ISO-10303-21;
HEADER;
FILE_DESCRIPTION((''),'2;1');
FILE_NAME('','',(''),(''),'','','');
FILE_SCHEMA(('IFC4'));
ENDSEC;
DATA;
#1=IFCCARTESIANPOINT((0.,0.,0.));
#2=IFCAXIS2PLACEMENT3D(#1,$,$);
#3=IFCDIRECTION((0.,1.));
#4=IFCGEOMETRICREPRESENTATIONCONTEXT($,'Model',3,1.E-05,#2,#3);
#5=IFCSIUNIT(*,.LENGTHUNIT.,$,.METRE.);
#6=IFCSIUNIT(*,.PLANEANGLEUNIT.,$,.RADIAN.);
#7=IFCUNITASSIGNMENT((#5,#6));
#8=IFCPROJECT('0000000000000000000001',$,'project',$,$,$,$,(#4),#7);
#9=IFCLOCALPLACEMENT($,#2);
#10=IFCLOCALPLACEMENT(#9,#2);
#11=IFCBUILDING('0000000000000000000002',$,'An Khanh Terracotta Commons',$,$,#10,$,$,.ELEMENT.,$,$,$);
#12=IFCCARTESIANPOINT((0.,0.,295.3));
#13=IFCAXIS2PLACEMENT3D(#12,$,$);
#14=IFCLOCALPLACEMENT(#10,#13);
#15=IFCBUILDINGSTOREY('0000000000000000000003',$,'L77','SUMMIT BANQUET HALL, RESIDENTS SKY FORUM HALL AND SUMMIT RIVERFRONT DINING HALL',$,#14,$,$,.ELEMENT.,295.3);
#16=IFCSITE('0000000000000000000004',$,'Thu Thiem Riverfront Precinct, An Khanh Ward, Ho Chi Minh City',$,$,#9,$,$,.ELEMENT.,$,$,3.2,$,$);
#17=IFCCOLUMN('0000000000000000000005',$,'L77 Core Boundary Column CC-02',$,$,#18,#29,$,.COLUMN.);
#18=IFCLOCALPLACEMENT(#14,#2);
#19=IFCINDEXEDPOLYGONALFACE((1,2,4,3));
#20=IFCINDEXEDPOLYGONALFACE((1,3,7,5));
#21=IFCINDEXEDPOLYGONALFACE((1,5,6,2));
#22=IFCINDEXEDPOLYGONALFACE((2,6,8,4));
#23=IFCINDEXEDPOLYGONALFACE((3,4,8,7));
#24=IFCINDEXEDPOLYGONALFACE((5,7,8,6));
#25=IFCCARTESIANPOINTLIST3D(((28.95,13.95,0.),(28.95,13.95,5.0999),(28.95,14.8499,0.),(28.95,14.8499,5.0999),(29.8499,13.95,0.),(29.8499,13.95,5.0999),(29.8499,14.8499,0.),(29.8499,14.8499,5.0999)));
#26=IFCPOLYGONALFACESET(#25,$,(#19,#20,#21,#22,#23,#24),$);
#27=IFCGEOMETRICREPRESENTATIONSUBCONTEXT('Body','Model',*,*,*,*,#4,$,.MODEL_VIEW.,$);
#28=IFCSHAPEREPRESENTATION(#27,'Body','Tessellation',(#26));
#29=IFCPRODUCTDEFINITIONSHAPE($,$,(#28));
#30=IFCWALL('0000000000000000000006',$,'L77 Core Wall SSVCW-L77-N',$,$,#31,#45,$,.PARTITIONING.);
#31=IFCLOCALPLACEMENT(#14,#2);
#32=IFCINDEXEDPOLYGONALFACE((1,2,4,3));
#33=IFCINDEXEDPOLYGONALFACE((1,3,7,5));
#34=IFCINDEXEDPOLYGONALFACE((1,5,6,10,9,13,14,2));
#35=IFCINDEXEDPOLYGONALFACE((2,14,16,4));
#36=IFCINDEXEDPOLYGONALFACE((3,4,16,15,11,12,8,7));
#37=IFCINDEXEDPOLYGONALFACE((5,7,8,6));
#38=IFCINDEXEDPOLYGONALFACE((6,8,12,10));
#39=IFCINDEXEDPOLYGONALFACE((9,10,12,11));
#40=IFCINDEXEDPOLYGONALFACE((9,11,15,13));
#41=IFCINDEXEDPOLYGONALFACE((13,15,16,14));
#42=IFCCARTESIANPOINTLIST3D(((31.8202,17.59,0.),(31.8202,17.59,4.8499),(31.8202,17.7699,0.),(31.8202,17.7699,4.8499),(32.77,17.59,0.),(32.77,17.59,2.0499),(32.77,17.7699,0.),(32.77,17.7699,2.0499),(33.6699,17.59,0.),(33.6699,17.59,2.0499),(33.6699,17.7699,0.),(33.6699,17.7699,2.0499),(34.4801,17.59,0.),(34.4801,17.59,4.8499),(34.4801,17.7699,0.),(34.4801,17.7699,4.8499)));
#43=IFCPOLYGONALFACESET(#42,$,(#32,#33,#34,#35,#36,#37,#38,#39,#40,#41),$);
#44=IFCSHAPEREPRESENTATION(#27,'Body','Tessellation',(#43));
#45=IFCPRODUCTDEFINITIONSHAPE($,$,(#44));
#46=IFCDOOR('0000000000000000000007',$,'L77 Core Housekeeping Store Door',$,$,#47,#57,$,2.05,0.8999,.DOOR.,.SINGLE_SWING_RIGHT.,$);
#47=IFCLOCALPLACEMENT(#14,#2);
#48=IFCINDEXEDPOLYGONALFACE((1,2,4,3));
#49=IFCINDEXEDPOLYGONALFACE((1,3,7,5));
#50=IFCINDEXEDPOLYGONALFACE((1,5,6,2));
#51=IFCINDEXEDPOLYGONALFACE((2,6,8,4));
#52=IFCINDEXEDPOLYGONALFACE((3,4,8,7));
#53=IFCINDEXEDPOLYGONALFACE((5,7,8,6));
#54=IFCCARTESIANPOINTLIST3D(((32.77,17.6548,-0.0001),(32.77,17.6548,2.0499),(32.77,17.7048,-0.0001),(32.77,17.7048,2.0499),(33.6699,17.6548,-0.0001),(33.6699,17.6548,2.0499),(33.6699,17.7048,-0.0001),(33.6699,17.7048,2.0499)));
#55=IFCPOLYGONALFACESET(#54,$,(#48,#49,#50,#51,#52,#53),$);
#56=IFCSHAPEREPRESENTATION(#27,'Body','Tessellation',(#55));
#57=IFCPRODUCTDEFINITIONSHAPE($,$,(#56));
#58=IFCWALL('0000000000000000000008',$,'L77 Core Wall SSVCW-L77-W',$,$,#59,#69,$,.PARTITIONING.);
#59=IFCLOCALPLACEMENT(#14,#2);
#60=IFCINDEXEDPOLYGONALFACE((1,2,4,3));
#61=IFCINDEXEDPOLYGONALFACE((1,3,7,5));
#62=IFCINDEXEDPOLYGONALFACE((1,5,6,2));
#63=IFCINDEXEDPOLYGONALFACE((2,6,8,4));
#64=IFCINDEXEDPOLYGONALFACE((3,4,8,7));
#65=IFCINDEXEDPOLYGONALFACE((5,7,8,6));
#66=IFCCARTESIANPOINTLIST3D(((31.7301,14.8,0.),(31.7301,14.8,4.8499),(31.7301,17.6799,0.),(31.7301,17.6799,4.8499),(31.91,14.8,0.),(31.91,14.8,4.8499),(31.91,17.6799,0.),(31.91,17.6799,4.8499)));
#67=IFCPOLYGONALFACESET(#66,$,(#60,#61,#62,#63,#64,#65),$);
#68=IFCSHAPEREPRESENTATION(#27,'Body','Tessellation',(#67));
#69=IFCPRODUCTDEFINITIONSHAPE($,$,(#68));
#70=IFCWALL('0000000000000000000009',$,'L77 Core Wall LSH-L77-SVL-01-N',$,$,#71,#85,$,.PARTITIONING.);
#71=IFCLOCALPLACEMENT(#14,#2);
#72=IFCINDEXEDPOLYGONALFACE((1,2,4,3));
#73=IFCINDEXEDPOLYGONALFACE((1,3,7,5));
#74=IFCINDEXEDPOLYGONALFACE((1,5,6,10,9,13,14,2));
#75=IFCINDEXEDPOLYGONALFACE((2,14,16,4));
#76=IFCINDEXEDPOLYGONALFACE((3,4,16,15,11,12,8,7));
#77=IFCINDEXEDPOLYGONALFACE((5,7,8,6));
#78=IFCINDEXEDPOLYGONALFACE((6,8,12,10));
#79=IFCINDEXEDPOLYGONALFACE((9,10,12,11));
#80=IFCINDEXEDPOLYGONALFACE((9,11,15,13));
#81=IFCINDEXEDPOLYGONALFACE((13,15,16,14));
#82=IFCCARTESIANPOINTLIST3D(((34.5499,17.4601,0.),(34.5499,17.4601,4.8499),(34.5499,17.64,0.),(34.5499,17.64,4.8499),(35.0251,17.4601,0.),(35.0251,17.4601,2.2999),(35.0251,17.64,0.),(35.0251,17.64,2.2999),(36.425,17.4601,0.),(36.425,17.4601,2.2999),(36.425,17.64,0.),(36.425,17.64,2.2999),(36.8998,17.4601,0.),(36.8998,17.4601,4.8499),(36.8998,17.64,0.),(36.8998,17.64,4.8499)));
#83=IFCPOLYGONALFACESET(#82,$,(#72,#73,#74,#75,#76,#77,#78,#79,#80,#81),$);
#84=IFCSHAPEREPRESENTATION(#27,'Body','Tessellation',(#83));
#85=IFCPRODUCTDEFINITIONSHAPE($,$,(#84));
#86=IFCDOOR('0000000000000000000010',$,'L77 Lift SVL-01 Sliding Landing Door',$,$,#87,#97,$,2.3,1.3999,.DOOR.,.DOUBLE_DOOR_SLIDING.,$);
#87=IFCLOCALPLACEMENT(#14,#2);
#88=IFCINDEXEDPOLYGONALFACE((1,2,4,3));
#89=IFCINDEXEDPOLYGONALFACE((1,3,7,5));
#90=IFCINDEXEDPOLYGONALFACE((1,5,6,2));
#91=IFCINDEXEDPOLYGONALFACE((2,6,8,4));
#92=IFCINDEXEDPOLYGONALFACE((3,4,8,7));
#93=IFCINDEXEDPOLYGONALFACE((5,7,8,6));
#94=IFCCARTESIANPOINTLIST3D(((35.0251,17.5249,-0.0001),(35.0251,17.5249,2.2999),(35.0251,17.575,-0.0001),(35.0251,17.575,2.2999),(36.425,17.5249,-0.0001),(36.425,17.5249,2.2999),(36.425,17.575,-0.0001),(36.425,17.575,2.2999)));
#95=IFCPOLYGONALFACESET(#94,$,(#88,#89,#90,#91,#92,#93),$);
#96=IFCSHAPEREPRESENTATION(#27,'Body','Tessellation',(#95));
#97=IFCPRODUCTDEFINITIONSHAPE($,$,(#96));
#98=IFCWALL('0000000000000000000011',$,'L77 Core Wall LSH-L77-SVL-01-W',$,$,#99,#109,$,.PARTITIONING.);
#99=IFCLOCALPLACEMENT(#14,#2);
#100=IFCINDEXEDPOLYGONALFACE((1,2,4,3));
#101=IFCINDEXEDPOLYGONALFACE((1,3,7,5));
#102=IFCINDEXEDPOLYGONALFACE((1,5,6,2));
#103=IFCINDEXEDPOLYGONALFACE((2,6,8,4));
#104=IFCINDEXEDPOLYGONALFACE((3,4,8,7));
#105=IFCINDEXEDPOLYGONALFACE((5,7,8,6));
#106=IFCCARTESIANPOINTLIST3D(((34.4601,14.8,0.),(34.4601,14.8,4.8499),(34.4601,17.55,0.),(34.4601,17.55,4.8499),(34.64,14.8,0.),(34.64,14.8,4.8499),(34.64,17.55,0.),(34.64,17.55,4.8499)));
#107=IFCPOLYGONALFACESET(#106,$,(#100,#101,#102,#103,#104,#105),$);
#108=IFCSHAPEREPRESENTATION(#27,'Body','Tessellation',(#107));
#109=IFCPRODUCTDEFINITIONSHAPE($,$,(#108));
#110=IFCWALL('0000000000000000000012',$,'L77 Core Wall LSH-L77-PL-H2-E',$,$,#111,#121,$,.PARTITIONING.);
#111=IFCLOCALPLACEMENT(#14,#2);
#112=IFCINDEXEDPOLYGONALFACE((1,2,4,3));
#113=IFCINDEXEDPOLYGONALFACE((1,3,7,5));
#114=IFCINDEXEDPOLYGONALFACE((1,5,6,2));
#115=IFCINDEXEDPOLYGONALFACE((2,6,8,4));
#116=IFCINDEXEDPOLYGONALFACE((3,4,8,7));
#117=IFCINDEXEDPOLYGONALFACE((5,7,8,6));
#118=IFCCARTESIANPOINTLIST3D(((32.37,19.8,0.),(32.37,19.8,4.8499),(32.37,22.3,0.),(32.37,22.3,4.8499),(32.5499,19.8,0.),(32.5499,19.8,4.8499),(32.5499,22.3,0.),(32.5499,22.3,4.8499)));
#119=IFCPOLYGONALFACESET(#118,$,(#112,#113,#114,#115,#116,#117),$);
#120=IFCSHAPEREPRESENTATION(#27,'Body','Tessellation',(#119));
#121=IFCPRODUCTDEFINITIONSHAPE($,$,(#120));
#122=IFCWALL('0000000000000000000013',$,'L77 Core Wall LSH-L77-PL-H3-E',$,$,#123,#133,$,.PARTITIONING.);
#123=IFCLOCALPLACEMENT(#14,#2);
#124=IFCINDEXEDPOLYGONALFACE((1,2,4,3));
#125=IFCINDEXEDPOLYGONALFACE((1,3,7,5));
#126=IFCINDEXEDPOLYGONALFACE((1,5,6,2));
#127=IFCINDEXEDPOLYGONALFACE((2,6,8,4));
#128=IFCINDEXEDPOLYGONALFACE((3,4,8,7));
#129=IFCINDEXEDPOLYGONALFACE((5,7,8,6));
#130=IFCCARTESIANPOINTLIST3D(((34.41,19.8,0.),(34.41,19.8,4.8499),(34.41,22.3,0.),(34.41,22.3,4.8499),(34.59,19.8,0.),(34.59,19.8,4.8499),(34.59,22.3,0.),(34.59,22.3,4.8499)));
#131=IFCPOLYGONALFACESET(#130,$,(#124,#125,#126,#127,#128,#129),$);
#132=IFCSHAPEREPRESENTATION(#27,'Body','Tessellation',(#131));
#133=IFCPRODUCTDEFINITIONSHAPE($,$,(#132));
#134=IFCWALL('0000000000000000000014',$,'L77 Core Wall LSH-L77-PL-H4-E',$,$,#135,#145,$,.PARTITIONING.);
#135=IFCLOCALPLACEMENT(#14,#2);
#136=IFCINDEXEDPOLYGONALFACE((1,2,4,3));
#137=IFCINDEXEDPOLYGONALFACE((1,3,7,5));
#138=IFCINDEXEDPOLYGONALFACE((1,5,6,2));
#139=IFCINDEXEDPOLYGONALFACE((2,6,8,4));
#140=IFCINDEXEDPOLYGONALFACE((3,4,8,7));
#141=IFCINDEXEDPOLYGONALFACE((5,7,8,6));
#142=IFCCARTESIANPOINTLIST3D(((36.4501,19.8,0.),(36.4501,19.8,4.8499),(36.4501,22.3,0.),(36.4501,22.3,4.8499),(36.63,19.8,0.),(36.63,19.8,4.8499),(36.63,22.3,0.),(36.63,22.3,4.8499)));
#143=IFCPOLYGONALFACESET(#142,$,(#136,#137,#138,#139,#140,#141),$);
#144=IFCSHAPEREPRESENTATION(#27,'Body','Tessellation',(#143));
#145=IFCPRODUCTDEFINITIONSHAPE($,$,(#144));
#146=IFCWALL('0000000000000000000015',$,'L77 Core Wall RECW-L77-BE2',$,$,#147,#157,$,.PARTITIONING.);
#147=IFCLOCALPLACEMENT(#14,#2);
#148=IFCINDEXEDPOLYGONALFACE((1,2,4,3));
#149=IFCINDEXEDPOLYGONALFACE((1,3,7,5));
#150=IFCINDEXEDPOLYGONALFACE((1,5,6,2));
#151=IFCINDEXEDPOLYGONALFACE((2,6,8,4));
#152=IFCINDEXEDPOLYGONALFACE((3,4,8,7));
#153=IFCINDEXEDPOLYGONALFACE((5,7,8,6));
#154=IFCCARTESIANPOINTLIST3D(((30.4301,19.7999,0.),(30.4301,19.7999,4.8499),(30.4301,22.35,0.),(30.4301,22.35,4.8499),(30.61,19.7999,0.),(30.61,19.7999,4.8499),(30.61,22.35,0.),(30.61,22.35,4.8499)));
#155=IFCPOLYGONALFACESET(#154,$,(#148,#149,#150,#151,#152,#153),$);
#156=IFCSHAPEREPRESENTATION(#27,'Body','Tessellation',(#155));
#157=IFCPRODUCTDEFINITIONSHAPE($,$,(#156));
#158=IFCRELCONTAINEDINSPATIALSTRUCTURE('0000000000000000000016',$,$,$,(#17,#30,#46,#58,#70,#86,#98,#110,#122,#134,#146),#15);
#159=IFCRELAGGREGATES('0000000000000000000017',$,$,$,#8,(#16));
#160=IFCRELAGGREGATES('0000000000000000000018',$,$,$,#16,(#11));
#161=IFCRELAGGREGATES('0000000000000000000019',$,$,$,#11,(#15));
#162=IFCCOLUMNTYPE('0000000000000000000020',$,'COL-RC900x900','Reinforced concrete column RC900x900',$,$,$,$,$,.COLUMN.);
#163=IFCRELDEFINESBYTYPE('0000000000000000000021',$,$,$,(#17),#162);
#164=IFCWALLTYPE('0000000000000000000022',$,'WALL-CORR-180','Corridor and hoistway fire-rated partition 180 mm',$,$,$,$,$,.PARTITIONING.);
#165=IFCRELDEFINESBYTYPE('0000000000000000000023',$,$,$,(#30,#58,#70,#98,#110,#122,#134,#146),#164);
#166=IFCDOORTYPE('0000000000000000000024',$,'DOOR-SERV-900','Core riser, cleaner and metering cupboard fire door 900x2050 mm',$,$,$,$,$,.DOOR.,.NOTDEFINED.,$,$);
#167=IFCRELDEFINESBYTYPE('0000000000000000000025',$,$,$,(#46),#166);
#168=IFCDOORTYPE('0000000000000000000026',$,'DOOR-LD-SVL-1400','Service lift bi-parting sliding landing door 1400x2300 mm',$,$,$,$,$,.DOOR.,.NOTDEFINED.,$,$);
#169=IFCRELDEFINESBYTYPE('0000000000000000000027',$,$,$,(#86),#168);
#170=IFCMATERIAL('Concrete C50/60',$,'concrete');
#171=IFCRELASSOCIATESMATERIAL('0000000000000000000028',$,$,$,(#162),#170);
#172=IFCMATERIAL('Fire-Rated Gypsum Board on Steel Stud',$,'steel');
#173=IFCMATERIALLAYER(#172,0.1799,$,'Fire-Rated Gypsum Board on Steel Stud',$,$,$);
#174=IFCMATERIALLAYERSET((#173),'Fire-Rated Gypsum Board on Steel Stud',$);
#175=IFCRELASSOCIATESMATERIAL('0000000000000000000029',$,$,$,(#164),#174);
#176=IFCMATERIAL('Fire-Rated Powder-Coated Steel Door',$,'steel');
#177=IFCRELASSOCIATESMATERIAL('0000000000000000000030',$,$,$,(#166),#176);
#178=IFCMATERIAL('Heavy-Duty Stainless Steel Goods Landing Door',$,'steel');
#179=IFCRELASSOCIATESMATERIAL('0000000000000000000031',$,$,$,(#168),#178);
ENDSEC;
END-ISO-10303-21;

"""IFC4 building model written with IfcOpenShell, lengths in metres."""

from ifc_helpers import new_model, si_unit, direction, frame, frame_2d, origin, origin_2d, place, context, subcontext, project, spatial, rectangle, extrude, material, layer, layer_set, material_profile, profile_set, type_object, element, fill, save


model = new_model("IFC4")

# Units and contexts
model_context = context("Model", 3, precision=1e-05, world=origin(), true_north=direction((0.0, 1.0)))
body_context = subcontext(model_context, "Body", "Model", "MODEL_VIEW")
ifc_project = project(units=[si_unit("LENGTHUNIT", "METRE"), si_unit("PLANEANGLEUNIT", "RADIAN")], contexts=[model_context])

# Site, building, storey
site_placement = place(None, origin())
site = spatial("IfcSite", under=ifc_project, at=site_placement, Name="Thu Thiem Riverfront Precinct, An Khanh Ward, Ho Chi Minh City", CompositionType="ELEMENT", RefElevation=3.2)
building_placement = place(site_placement, origin())
building = spatial("IfcBuilding", under=site, at=building_placement, Name="An Khanh Terracotta Commons", CompositionType="ELEMENT")
storey_placement = place(building_placement, frame((0.0, 0.0, 295.3)))
storey = spatial("IfcBuildingStorey", under=building, at=storey_placement, Name="L77", Description="SUMMIT BANQUET HALL, RESIDENTS SKY FORUM HALL AND SUMMIT RIVERFRONT DINING HALL", CompositionType="ELEMENT", Elevation=295.3)

# Column
ifc_material_1 = material(Name="Concrete C50/60", Category="concrete")
ifc_material_profile = material_profile(ifc_material_1, rectangle(XDim=0.8999, YDim=0.8999, at=origin_2d()), Name="RC900x900")
ifc_profile_set = profile_set([ifc_material_profile], Name="Concrete C50/60")
column_type = type_object("IfcColumnType", Name="COL-RC900x900", Description="Reinforced concrete column RC900x900", PredefinedType="COLUMN", material=ifc_profile_set)
column_placement = place(storey_placement, frame((29.3999, 14.3999, 0.0), z_axis=(0.0, 0.0, 1.0), x_axis=(1.0, 0.0, 0.0)))
element("IfcColumn", 1, at=column_placement, inside=storey, type_object=column_type, Name="L77 Core Boundary Column CC-02", PredefinedType="COLUMN", context=body_context, shape_type="SweptSolid", body=[
    extrude(rectangle(XDim=0.8999, YDim=0.8999, at=origin_2d()), origin(), (0.0, 0.0, 1.0), 5.0999),
])

# Wall, opening, door
ifc_material_2 = material(Name="Fire-Rated Gypsum Board on Steel Stud", Category="steel")
ifc_layer_1 = layer(ifc_material_2, 0.1799, Name="Fire-Rated Gypsum Board on Steel Stud")
ifc_layer_set_1 = layer_set([ifc_layer_1], Name="Fire-Rated Gypsum Board on Steel Stud")
wall_type_1 = type_object("IfcWallType", Name="WALL-CORR-180", Description="Corridor and hoistway fire-rated partition 180 mm", PredefinedType="PARTITIONING", material=ifc_layer_set_1)
wall_1_placement = place(storey_placement, frame((31.8201, 17.6799, 0.0), z_axis=(0.0, 0.0, 1.0), x_axis=(1.0, 0.0, 0.0)))
wall_1 = element("IfcWall", 2, at=wall_1_placement, inside=storey, type_object=wall_type_1, Name="L77 Core Wall SSVCW-L77-N", PredefinedType="PARTITIONING", context=body_context, shape_type="SweptSolid", body=[
    extrude(rectangle(XDim=2.6599, YDim=0.1799, at=frame_2d((1.3301, 0.0))), origin(), (0.0, 0.0, 1.0), 4.8499),
])
opening_1_placement = place(wall_1_placement, frame((0.95, 0.0, 0.0)))
opening_1 = element("IfcOpeningElement", 3, at=opening_1_placement, cuts=wall_1, PredefinedType="OPENING", context=body_context, shape_type="SweptSolid", body=[
    extrude(rectangle(XDim=0.8999, YDim=2.05, at=frame_2d((0.45, 1.0249))), frame((0.0, 0.0999, 0.0), z_axis=(0.0, -1.0, 0.0), x_axis=(1.0, 0.0, 0.0)), (0.0, 0.0, 1.0), 0.2),
])
ifc_material_3 = material(Name="Fire-Rated Powder-Coated Steel Door", Category="steel")
door_type_1 = type_object("IfcDoorType", Name="DOOR-SERV-900", Description="Core riser, cleaner and metering cupboard fire door 900x2050 mm", OperationType="NOTDEFINED", PredefinedType="DOOR", material=ifc_material_3)
door_1_placement = place(opening_1_placement, origin())
door_1 = element("IfcDoor", 4, at=door_1_placement, inside=storey, type_object=door_type_1, Name="L77 Core Housekeeping Store Door", OperationType="SINGLE_SWING_RIGHT", OverallHeight=2.05, OverallWidth=0.8999, PredefinedType="DOOR", context=body_context, shape_type="SweptSolid", body=[
    extrude(rectangle(XDim=0.8999, YDim=2.05, at=frame_2d((0.45, 1.0249))), frame((0.0, 0.0249, 0.0), z_axis=(0.0, -1.0, 0.0), x_axis=(1.0, 0.0, 0.0)), (0.0, 0.0, 1.0), 0.05),
])
fill(opening_1, door_1)

# Wall
wall_2_placement = place(storey_placement, frame((31.8201, 14.8, 0.0), z_axis=(0.0, 0.0, 1.0), x_axis=(0.0, 1.0, 0.0)))
element("IfcWall", 5, at=wall_2_placement, inside=storey, type_object=wall_type_1, Name="L77 Core Wall SSVCW-L77-W", PredefinedType="PARTITIONING", context=body_context, shape_type="SweptSolid", body=[
    extrude(rectangle(XDim=2.8799, YDim=0.1799, at=frame_2d((1.4399, 0.0))), origin(), (0.0, 0.0, 1.0), 4.8499),
])

# Wall, opening, door
wall_3_placement = place(storey_placement, frame((34.55, 17.55, 0.0), z_axis=(0.0, 0.0, 1.0), x_axis=(1.0, 0.0, 0.0)))
wall_3 = element("IfcWall", 6, at=wall_3_placement, inside=storey, type_object=wall_type_1, Name="L77 Core Wall LSH-L77-SVL-01-N", PredefinedType="PARTITIONING", context=body_context, shape_type="SweptSolid", body=[
    extrude(rectangle(XDim=2.3499, YDim=0.1799, at=frame_2d((1.1748, 0.0))), origin(), (0.0, 0.0, 1.0), 4.8499),
])
opening_2_placement = place(wall_3_placement, frame((0.4751, 0.0, 0.0)))
opening_2 = element("IfcOpeningElement", 7, at=opening_2_placement, cuts=wall_3, PredefinedType="OPENING", context=body_context, shape_type="SweptSolid", body=[
    extrude(rectangle(XDim=1.3999, YDim=2.3, at=frame_2d((0.7, 1.1499))), frame((0.0, 0.0999, 0.0), z_axis=(0.0, -1.0, 0.0), x_axis=(1.0, 0.0, 0.0)), (0.0, 0.0, 1.0), 0.2),
])
ifc_material_4 = material(Name="Heavy-Duty Stainless Steel Goods Landing Door", Category="steel")
door_type_2 = type_object("IfcDoorType", Name="DOOR-LD-SVL-1400", Description="Service lift bi-parting sliding landing door 1400x2300 mm", OperationType="NOTDEFINED", PredefinedType="DOOR", material=ifc_material_4)
door_2_placement = place(opening_2_placement, origin())
door_2 = element("IfcDoor", 8, at=door_2_placement, inside=storey, type_object=door_type_2, Name="L77 Lift SVL-01 Sliding Landing Door", OperationType="DOUBLE_DOOR_SLIDING", OverallHeight=2.3, OverallWidth=1.3999, PredefinedType="DOOR", context=body_context, shape_type="SweptSolid", body=[
    extrude(rectangle(XDim=1.3999, YDim=2.3, at=frame_2d((0.7, 1.1499))), frame((0.0, 0.0249, 0.0), z_axis=(0.0, -1.0, 0.0), x_axis=(1.0, 0.0, 0.0)), (0.0, 0.0, 1.0), 0.05),
])
fill(opening_2, door_2)

# Walls
wall_4_placement = place(storey_placement, frame((34.55, 17.55, 0.0), z_axis=(0.0, 0.0, 1.0), x_axis=(0.0, -1.0, 0.0)))
element("IfcWall", 9, at=wall_4_placement, inside=storey, type_object=wall_type_1, Name="L77 Core Wall LSH-L77-SVL-01-W", PredefinedType="PARTITIONING", context=body_context, shape_type="SweptSolid", body=[
    extrude(rectangle(XDim=2.75, YDim=0.1799, at=frame_2d((1.375, 0.0))), origin(), (0.0, 0.0, 1.0), 4.8499),
])
for number, where, z_axis, x_axis, name in (
    (10, (32.46, 19.8, 0.0), (0.0, 0.0, 1.0), (0.0, 1.0, 0.0), "L77 Core Wall LSH-L77-PL-H2-E"),
    (11, (34.5, 19.8, 0.0), (0.0, 0.0, 1.0), (0.0, 1.0, 0.0), "L77 Core Wall LSH-L77-PL-H3-E"),
    (12, (36.54, 19.8, 0.0), (0.0, 0.0, 1.0), (0.0, 1.0, 0.0), "L77 Core Wall LSH-L77-PL-H4-E"),
):
    element("IfcWall", number, at=place(storey_placement, frame(where, z_axis=z_axis, x_axis=x_axis)), inside=storey, type_object=wall_type_1, Name=name, PredefinedType="PARTITIONING", context=body_context, shape_type="SweptSolid", body=[
        extrude(rectangle(XDim=2.5, YDim=0.1799, at=frame_2d((1.25, 0.0))), origin(), (0.0, 0.0, 1.0), 4.8499),
    ])
wall_5_placement = place(storey_placement, frame((30.52, 19.8, 0.0), z_axis=(0.0, 0.0, 1.0), x_axis=(0.0, 1.0, 0.0)))
element("IfcWall", 13, at=wall_5_placement, inside=storey, type_object=wall_type_1, Name="L77 Core Wall RECW-L77-BE2", PredefinedType="PARTITIONING", context=body_context, shape_type="SweptSolid", body=[
    extrude(rectangle(XDim=2.55, YDim=0.1799, at=frame_2d((1.2749, 0.0))), origin(), (0.0, 0.0, 1.0), 4.8499),
])

save(model, "model.ifc")
